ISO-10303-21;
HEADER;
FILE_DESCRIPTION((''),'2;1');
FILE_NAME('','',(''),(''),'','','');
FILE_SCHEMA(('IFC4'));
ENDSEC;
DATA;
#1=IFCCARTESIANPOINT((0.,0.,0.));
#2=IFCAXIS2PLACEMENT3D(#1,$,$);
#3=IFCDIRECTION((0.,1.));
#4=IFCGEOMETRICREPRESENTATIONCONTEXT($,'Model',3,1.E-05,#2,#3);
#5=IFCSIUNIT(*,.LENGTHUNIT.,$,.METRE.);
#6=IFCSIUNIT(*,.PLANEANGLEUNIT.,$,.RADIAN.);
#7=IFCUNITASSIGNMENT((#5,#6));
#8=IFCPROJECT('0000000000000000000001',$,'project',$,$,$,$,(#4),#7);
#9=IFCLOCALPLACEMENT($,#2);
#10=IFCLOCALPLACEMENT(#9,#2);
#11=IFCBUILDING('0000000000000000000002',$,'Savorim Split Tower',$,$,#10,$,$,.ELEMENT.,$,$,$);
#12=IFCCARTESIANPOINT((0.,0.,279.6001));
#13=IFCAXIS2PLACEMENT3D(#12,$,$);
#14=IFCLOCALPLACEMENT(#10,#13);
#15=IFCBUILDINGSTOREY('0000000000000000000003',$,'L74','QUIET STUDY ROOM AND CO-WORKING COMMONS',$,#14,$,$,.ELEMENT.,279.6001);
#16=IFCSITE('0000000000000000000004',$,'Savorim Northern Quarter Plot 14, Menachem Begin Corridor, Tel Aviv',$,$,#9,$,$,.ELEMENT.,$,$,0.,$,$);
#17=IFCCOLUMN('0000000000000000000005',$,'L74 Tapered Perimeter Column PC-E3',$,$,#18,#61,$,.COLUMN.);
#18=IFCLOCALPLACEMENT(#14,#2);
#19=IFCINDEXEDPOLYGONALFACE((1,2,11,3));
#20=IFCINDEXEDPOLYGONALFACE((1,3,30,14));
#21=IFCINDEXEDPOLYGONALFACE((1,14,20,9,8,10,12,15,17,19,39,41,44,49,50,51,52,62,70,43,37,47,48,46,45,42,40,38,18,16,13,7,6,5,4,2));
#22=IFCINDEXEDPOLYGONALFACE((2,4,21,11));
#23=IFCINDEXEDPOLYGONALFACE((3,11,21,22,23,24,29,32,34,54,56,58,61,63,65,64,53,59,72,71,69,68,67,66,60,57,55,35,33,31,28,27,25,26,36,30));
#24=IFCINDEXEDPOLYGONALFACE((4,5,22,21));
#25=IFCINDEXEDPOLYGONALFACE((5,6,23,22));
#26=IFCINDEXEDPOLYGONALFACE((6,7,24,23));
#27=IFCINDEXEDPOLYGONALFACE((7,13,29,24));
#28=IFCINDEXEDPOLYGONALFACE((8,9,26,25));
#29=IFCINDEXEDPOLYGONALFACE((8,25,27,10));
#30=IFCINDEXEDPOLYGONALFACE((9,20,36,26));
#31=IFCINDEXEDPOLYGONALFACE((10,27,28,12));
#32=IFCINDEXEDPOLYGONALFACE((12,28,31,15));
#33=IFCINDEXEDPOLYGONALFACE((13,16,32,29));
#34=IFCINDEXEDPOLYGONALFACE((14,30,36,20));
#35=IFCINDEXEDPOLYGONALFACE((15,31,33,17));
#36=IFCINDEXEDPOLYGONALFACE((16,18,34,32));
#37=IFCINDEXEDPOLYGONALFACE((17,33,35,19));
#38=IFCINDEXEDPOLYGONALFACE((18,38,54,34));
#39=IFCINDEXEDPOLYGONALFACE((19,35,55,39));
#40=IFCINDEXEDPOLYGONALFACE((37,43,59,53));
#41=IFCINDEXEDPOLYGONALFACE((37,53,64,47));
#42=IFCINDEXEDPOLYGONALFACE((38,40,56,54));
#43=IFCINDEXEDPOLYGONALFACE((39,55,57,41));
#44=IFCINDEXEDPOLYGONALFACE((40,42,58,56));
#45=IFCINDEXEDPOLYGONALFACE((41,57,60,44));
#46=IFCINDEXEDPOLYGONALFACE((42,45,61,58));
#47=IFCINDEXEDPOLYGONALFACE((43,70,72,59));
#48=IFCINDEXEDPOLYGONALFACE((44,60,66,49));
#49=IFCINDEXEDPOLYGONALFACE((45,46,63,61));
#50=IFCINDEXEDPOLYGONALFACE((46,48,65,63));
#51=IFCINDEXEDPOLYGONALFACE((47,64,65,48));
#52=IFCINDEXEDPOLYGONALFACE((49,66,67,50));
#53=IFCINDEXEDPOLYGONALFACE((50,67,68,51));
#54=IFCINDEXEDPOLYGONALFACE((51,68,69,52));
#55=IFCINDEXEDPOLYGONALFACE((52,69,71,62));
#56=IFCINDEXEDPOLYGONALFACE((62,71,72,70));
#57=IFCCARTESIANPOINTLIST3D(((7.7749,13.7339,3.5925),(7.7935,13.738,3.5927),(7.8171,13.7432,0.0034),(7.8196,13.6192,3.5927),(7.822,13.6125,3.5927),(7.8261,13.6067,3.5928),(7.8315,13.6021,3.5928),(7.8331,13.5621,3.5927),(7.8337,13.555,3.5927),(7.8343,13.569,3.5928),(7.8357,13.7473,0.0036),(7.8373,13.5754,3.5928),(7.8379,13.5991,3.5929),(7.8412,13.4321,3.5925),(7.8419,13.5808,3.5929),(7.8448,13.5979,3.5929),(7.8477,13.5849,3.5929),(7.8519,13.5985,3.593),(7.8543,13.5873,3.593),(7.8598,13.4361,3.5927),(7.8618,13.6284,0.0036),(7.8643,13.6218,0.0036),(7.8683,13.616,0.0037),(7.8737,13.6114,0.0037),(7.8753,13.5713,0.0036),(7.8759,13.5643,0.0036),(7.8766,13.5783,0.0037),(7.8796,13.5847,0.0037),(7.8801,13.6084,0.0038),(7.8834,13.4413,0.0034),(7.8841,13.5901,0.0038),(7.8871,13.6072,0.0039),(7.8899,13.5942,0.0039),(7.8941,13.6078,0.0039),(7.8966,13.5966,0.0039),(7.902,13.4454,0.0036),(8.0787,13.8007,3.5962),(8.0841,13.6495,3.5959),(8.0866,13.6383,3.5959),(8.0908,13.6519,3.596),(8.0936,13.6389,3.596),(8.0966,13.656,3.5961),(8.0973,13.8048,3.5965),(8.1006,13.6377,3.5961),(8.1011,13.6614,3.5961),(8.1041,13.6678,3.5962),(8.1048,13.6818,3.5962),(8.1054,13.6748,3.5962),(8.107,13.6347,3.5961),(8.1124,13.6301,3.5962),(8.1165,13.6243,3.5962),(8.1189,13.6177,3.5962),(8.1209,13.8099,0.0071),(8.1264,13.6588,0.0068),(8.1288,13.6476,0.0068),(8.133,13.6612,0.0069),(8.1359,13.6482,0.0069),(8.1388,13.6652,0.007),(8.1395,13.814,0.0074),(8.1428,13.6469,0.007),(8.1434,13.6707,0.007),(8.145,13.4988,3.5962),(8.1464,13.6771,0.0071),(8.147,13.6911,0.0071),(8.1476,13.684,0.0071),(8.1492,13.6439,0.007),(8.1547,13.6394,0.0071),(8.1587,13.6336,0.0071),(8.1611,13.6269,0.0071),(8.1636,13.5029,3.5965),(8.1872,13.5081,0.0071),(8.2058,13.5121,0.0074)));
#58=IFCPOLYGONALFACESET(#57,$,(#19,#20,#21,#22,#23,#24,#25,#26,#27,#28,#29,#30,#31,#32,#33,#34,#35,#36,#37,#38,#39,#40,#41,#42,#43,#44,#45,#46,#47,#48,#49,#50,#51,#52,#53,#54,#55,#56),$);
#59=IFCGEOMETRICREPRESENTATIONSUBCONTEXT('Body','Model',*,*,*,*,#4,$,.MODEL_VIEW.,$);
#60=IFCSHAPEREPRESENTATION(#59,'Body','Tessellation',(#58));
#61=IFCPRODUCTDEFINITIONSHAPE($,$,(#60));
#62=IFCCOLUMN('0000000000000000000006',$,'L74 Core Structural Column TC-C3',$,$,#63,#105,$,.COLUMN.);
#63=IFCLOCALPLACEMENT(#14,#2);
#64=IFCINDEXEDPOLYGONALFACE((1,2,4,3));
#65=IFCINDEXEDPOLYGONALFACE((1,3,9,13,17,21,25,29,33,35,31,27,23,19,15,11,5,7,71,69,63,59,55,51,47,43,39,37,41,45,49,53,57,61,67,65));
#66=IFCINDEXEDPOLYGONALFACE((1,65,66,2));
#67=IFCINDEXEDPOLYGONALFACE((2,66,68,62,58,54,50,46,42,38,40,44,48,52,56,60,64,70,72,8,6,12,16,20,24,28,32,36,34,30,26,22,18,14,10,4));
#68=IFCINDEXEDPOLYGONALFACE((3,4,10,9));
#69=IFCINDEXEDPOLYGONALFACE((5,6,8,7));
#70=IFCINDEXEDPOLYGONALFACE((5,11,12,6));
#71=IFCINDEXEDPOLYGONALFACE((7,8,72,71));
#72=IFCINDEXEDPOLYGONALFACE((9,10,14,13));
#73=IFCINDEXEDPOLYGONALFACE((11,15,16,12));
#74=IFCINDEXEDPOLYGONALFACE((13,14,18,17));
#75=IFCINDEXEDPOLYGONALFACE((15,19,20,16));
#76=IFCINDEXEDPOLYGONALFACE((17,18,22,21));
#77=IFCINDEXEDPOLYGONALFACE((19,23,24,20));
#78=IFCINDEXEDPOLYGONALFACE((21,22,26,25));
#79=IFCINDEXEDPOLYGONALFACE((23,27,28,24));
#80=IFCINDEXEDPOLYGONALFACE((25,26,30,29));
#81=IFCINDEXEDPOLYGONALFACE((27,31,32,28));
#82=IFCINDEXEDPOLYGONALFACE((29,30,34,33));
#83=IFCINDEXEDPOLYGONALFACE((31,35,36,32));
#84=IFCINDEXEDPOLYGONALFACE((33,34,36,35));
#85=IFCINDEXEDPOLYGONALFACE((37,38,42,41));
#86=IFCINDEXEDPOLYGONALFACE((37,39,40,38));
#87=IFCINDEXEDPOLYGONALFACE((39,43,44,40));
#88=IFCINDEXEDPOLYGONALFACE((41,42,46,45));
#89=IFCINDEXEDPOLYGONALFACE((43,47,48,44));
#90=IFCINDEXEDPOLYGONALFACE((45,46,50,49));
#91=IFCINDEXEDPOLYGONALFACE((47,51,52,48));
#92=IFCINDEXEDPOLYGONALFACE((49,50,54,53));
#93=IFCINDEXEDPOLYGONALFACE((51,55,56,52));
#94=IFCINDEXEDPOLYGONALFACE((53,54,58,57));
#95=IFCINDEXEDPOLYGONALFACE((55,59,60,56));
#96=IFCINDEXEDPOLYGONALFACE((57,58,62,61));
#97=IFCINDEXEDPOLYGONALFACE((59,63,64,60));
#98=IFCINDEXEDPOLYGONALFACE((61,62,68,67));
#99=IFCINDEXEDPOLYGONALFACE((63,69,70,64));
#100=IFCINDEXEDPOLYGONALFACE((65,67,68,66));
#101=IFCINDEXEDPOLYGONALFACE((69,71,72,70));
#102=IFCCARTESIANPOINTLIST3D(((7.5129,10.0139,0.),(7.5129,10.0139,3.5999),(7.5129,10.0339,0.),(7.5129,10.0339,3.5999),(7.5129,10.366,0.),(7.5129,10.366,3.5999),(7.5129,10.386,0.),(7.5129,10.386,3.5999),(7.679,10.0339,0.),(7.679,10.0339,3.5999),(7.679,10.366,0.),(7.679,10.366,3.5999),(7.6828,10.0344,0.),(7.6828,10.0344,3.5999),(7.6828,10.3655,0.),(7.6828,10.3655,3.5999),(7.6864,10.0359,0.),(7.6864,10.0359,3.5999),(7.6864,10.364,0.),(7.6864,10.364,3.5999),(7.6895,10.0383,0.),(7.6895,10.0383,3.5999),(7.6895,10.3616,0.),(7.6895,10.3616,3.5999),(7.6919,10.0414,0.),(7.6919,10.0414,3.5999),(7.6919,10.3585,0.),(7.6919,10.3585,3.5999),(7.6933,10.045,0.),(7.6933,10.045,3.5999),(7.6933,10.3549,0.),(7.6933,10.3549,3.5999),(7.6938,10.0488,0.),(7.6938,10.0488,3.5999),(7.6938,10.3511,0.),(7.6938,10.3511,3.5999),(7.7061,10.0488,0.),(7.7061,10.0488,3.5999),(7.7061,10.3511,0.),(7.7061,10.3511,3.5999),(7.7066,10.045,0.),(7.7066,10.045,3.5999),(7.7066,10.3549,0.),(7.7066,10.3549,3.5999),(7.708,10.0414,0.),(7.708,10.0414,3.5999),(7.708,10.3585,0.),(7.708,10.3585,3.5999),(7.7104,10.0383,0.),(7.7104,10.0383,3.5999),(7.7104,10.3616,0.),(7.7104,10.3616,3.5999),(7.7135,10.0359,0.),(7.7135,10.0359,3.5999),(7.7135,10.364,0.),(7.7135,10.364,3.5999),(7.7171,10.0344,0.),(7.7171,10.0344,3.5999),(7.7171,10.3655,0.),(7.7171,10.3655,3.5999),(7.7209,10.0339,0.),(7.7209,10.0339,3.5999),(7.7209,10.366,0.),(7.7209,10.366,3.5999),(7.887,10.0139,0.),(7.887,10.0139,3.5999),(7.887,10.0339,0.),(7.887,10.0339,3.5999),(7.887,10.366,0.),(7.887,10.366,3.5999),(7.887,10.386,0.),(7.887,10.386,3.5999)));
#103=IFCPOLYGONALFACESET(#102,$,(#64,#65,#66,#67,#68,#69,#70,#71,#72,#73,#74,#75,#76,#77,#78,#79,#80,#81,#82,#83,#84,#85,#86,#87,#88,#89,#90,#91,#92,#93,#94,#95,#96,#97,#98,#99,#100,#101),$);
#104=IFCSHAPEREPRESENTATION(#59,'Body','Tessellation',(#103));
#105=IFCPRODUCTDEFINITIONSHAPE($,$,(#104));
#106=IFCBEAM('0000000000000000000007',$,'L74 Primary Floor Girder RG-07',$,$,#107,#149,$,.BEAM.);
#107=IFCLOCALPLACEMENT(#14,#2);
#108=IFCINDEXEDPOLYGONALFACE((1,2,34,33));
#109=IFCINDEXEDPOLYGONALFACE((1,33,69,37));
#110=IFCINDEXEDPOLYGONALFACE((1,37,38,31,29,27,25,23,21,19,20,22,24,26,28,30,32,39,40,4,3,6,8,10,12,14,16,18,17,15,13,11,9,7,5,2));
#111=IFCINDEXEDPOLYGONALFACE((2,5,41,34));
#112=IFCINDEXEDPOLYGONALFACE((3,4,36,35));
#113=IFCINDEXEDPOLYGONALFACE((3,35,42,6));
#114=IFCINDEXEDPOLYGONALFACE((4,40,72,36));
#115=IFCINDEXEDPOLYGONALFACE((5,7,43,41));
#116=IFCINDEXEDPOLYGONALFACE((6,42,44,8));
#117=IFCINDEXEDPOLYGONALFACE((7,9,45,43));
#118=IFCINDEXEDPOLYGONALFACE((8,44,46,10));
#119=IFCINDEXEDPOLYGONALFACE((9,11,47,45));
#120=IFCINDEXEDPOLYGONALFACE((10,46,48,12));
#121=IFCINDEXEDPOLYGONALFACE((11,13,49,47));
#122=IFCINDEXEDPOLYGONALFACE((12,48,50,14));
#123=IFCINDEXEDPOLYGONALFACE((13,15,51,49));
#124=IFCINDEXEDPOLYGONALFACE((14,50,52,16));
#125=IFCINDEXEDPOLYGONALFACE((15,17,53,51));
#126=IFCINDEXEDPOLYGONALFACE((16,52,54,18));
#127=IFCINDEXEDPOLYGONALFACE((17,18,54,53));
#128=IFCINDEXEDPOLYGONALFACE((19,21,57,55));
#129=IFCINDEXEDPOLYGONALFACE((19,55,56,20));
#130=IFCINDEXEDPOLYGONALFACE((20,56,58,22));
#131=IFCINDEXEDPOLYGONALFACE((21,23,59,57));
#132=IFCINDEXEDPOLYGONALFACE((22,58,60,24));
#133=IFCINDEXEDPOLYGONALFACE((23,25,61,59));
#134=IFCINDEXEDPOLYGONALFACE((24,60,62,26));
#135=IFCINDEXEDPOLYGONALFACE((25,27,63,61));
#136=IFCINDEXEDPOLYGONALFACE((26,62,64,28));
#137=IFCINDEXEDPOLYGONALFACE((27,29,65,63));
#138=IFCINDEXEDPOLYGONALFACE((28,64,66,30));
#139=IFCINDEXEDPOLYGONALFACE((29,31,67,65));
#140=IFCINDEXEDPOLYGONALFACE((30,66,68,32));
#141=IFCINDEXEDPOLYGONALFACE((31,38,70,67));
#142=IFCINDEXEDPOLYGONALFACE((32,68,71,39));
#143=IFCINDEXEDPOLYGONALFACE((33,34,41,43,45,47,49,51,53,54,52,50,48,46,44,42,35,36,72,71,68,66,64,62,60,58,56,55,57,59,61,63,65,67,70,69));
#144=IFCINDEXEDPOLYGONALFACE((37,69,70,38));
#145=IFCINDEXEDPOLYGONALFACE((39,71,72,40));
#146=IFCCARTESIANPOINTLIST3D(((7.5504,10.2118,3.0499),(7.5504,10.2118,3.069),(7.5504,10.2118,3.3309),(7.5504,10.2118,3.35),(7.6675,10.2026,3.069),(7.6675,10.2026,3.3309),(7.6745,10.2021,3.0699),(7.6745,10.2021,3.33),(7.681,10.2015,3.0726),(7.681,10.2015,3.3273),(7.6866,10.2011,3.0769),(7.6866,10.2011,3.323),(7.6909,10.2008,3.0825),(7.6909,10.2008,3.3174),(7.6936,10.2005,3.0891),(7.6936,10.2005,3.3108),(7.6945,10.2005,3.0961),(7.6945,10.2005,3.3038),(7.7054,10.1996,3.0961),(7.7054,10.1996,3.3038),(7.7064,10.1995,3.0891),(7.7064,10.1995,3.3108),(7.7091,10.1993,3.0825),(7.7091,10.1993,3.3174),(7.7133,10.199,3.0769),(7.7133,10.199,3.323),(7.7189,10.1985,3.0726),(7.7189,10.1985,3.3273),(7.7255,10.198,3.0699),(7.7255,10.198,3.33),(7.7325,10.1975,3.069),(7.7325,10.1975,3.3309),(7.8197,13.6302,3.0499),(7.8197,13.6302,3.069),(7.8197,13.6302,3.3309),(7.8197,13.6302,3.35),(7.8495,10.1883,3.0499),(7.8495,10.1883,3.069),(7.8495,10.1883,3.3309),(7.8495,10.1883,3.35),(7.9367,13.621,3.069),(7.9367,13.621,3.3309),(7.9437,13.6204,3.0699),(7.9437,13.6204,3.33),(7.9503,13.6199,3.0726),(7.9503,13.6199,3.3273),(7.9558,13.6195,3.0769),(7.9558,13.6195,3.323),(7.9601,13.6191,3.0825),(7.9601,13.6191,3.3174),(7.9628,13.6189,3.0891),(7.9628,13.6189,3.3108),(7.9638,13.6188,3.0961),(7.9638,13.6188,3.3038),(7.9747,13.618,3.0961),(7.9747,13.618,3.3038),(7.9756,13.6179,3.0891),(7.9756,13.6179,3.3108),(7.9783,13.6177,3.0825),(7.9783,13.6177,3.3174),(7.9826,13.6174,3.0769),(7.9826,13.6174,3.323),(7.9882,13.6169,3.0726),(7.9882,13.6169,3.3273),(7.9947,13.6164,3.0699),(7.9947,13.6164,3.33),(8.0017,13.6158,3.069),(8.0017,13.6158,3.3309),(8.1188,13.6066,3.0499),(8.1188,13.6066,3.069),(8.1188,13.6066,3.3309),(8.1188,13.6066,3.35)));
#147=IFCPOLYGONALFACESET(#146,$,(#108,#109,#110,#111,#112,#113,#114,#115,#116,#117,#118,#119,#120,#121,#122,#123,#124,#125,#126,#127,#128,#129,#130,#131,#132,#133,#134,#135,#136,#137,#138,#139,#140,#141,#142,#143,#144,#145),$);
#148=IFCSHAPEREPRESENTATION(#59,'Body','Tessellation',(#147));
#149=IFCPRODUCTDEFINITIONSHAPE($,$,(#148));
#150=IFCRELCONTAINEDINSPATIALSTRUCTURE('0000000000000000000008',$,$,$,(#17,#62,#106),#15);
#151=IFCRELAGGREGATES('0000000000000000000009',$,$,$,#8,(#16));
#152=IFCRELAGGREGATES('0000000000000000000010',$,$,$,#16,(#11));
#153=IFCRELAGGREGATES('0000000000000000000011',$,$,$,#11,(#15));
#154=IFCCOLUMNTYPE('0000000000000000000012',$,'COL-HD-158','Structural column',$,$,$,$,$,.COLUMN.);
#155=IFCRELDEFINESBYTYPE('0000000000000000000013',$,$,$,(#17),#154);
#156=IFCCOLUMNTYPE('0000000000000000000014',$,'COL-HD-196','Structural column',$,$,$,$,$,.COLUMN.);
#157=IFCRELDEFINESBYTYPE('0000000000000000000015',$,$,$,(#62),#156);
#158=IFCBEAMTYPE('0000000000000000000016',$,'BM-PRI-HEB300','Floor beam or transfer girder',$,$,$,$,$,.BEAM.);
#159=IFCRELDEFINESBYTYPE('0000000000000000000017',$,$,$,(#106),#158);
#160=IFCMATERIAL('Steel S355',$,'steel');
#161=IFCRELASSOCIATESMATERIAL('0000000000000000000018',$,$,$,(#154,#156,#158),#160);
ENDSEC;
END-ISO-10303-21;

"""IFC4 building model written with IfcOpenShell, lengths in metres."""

from ifc_helpers import new_model, si_unit, direction, frame, origin, origin_2d, place, context, subcontext, project, spatial, i_section, extrude, material, material_profile, profile_set, type_object, element, save


model = new_model("IFC4")

# Units and contexts
model_context = context("Model", 3, precision=1e-05, world=origin(), true_north=direction((0.0, 1.0)))
body_context = subcontext(model_context, "Body", "Model", "MODEL_VIEW")
ifc_project = project(units=[si_unit("LENGTHUNIT", "METRE"), si_unit("PLANEANGLEUNIT", "RADIAN")], contexts=[model_context])

# Site, building, storey
site_placement = place(None, origin())
site = spatial("IfcSite", under=ifc_project, at=site_placement, Name="Savorim Northern Quarter Plot 14, Menachem Begin Corridor, Tel Aviv", CompositionType="ELEMENT", RefElevation=0.0)
building_placement = place(site_placement, origin())
building = spatial("IfcBuilding", under=site, at=building_placement, Name="Savorim Split Tower", CompositionType="ELEMENT")
storey_placement = place(building_placement, frame((0.0, 0.0, 279.6001)))
storey = spatial("IfcBuildingStorey", under=building, at=storey_placement, Name="L74", Description="QUIET STUDY ROOM AND CO-WORKING COMMONS", CompositionType="ELEMENT", Elevation=279.6001)

# Columns
ifc_material_1 = material(Name="Steel S355", Category="steel")
ifc_material_profile_1 = material_profile(ifc_material_1, i_section(OverallWidth=0.3091, OverallDepth=0.3301, WebThickness=0.0115, FlangeThickness=0.019, FilletRadius=0.0271, at=origin_2d()), Name="HD 320x158")
ifc_profile_set_1 = profile_set([ifc_material_profile_1], Name="Steel S355")
column_type_1 = type_object("IfcColumnType", Name="COL-HD-158", Description="Structural column", PredefinedType="COLUMN", material=ifc_profile_set_1)
column_1_placement = place(storey_placement, frame((8.0115, 13.6277, 0.0054), z_axis=(-0.011767, -0.002585, 0.999927), x_axis=(0.214539, -0.976715, 0.0)))
element("IfcColumn", 1, at=column_1_placement, inside=storey, type_object=column_type_1, Name="L74 Tapered Perimeter Column PC-E3", PredefinedType="COLUMN", context=body_context, shape_type="SweptSolid", body=[
    extrude(i_section(OverallWidth=0.3091, OverallDepth=0.3301, WebThickness=0.0115, FlangeThickness=0.019, FilletRadius=0.0271, at=origin_2d()), origin(), (0.0, 0.0, 1.0), 3.5894),
])
ifc_material_profile_2 = material_profile(ifc_material_1, i_section(OverallWidth=0.374, OverallDepth=0.3721, WebThickness=0.0122, FlangeThickness=0.02, FilletRadius=0.0149, at=origin_2d()), Name="HD 360x196")
ifc_profile_set_2 = profile_set([ifc_material_profile_2], Name="Steel S355")
column_type_2 = type_object("IfcColumnType", Name="COL-HD-196", Description="Structural column", PredefinedType="COLUMN", material=ifc_profile_set_2)
column_2_placement = place(storey_placement, frame((7.7, 10.2, 0.0), z_axis=(0.0, 0.0, 1.0), x_axis=(1.0, 0.0, 0.0)))
element("IfcColumn", 2, at=column_2_placement, inside=storey, type_object=column_type_2, Name="L74 Core Structural Column TC-C3", PredefinedType="COLUMN", context=body_context, shape_type="SweptSolid", body=[
    extrude(i_section(OverallWidth=0.374, OverallDepth=0.3721, WebThickness=0.0122, FlangeThickness=0.02, FilletRadius=0.0149, at=origin_2d()), origin(), (0.0, 0.0, 1.0), 3.5999),
])

# Beam
ifc_material_profile_3 = material_profile(ifc_material_1, i_section(OverallWidth=0.3, OverallDepth=0.3, WebThickness=0.011, FlangeThickness=0.019, FilletRadius=0.0271, at=origin_2d()), Name="HEB 300")
ifc_profile_set_3 = profile_set([ifc_material_profile_3], Name="Steel S355")
beam_type_1 = type_object("IfcBeamType", Name="BM-PRI-HEB300", Description="Floor beam or transfer girder", PredefinedType="BEAM", material=ifc_profile_set_3)
beam_1_placement = place(storey_placement, frame((7.9692, 13.6184, 3.2), z_axis=(-0.078531, -0.996912, 0.0), x_axis=(0.996912, -0.078531, 0.0)))
element("IfcBeam", 3, at=beam_1_placement, inside=storey, type_object=beam_type_1, Name="L74 Primary Floor Girder RG-07", PredefinedType="BEAM", context=body_context, shape_type="SweptSolid", body=[
    extrude(i_section(OverallWidth=0.3, OverallDepth=0.3, WebThickness=0.011, FlangeThickness=0.019, FilletRadius=0.0271, at=origin_2d()), origin(), (0.0, 0.0, 1.0), 3.429),
])

save(model, "model.ifc")
